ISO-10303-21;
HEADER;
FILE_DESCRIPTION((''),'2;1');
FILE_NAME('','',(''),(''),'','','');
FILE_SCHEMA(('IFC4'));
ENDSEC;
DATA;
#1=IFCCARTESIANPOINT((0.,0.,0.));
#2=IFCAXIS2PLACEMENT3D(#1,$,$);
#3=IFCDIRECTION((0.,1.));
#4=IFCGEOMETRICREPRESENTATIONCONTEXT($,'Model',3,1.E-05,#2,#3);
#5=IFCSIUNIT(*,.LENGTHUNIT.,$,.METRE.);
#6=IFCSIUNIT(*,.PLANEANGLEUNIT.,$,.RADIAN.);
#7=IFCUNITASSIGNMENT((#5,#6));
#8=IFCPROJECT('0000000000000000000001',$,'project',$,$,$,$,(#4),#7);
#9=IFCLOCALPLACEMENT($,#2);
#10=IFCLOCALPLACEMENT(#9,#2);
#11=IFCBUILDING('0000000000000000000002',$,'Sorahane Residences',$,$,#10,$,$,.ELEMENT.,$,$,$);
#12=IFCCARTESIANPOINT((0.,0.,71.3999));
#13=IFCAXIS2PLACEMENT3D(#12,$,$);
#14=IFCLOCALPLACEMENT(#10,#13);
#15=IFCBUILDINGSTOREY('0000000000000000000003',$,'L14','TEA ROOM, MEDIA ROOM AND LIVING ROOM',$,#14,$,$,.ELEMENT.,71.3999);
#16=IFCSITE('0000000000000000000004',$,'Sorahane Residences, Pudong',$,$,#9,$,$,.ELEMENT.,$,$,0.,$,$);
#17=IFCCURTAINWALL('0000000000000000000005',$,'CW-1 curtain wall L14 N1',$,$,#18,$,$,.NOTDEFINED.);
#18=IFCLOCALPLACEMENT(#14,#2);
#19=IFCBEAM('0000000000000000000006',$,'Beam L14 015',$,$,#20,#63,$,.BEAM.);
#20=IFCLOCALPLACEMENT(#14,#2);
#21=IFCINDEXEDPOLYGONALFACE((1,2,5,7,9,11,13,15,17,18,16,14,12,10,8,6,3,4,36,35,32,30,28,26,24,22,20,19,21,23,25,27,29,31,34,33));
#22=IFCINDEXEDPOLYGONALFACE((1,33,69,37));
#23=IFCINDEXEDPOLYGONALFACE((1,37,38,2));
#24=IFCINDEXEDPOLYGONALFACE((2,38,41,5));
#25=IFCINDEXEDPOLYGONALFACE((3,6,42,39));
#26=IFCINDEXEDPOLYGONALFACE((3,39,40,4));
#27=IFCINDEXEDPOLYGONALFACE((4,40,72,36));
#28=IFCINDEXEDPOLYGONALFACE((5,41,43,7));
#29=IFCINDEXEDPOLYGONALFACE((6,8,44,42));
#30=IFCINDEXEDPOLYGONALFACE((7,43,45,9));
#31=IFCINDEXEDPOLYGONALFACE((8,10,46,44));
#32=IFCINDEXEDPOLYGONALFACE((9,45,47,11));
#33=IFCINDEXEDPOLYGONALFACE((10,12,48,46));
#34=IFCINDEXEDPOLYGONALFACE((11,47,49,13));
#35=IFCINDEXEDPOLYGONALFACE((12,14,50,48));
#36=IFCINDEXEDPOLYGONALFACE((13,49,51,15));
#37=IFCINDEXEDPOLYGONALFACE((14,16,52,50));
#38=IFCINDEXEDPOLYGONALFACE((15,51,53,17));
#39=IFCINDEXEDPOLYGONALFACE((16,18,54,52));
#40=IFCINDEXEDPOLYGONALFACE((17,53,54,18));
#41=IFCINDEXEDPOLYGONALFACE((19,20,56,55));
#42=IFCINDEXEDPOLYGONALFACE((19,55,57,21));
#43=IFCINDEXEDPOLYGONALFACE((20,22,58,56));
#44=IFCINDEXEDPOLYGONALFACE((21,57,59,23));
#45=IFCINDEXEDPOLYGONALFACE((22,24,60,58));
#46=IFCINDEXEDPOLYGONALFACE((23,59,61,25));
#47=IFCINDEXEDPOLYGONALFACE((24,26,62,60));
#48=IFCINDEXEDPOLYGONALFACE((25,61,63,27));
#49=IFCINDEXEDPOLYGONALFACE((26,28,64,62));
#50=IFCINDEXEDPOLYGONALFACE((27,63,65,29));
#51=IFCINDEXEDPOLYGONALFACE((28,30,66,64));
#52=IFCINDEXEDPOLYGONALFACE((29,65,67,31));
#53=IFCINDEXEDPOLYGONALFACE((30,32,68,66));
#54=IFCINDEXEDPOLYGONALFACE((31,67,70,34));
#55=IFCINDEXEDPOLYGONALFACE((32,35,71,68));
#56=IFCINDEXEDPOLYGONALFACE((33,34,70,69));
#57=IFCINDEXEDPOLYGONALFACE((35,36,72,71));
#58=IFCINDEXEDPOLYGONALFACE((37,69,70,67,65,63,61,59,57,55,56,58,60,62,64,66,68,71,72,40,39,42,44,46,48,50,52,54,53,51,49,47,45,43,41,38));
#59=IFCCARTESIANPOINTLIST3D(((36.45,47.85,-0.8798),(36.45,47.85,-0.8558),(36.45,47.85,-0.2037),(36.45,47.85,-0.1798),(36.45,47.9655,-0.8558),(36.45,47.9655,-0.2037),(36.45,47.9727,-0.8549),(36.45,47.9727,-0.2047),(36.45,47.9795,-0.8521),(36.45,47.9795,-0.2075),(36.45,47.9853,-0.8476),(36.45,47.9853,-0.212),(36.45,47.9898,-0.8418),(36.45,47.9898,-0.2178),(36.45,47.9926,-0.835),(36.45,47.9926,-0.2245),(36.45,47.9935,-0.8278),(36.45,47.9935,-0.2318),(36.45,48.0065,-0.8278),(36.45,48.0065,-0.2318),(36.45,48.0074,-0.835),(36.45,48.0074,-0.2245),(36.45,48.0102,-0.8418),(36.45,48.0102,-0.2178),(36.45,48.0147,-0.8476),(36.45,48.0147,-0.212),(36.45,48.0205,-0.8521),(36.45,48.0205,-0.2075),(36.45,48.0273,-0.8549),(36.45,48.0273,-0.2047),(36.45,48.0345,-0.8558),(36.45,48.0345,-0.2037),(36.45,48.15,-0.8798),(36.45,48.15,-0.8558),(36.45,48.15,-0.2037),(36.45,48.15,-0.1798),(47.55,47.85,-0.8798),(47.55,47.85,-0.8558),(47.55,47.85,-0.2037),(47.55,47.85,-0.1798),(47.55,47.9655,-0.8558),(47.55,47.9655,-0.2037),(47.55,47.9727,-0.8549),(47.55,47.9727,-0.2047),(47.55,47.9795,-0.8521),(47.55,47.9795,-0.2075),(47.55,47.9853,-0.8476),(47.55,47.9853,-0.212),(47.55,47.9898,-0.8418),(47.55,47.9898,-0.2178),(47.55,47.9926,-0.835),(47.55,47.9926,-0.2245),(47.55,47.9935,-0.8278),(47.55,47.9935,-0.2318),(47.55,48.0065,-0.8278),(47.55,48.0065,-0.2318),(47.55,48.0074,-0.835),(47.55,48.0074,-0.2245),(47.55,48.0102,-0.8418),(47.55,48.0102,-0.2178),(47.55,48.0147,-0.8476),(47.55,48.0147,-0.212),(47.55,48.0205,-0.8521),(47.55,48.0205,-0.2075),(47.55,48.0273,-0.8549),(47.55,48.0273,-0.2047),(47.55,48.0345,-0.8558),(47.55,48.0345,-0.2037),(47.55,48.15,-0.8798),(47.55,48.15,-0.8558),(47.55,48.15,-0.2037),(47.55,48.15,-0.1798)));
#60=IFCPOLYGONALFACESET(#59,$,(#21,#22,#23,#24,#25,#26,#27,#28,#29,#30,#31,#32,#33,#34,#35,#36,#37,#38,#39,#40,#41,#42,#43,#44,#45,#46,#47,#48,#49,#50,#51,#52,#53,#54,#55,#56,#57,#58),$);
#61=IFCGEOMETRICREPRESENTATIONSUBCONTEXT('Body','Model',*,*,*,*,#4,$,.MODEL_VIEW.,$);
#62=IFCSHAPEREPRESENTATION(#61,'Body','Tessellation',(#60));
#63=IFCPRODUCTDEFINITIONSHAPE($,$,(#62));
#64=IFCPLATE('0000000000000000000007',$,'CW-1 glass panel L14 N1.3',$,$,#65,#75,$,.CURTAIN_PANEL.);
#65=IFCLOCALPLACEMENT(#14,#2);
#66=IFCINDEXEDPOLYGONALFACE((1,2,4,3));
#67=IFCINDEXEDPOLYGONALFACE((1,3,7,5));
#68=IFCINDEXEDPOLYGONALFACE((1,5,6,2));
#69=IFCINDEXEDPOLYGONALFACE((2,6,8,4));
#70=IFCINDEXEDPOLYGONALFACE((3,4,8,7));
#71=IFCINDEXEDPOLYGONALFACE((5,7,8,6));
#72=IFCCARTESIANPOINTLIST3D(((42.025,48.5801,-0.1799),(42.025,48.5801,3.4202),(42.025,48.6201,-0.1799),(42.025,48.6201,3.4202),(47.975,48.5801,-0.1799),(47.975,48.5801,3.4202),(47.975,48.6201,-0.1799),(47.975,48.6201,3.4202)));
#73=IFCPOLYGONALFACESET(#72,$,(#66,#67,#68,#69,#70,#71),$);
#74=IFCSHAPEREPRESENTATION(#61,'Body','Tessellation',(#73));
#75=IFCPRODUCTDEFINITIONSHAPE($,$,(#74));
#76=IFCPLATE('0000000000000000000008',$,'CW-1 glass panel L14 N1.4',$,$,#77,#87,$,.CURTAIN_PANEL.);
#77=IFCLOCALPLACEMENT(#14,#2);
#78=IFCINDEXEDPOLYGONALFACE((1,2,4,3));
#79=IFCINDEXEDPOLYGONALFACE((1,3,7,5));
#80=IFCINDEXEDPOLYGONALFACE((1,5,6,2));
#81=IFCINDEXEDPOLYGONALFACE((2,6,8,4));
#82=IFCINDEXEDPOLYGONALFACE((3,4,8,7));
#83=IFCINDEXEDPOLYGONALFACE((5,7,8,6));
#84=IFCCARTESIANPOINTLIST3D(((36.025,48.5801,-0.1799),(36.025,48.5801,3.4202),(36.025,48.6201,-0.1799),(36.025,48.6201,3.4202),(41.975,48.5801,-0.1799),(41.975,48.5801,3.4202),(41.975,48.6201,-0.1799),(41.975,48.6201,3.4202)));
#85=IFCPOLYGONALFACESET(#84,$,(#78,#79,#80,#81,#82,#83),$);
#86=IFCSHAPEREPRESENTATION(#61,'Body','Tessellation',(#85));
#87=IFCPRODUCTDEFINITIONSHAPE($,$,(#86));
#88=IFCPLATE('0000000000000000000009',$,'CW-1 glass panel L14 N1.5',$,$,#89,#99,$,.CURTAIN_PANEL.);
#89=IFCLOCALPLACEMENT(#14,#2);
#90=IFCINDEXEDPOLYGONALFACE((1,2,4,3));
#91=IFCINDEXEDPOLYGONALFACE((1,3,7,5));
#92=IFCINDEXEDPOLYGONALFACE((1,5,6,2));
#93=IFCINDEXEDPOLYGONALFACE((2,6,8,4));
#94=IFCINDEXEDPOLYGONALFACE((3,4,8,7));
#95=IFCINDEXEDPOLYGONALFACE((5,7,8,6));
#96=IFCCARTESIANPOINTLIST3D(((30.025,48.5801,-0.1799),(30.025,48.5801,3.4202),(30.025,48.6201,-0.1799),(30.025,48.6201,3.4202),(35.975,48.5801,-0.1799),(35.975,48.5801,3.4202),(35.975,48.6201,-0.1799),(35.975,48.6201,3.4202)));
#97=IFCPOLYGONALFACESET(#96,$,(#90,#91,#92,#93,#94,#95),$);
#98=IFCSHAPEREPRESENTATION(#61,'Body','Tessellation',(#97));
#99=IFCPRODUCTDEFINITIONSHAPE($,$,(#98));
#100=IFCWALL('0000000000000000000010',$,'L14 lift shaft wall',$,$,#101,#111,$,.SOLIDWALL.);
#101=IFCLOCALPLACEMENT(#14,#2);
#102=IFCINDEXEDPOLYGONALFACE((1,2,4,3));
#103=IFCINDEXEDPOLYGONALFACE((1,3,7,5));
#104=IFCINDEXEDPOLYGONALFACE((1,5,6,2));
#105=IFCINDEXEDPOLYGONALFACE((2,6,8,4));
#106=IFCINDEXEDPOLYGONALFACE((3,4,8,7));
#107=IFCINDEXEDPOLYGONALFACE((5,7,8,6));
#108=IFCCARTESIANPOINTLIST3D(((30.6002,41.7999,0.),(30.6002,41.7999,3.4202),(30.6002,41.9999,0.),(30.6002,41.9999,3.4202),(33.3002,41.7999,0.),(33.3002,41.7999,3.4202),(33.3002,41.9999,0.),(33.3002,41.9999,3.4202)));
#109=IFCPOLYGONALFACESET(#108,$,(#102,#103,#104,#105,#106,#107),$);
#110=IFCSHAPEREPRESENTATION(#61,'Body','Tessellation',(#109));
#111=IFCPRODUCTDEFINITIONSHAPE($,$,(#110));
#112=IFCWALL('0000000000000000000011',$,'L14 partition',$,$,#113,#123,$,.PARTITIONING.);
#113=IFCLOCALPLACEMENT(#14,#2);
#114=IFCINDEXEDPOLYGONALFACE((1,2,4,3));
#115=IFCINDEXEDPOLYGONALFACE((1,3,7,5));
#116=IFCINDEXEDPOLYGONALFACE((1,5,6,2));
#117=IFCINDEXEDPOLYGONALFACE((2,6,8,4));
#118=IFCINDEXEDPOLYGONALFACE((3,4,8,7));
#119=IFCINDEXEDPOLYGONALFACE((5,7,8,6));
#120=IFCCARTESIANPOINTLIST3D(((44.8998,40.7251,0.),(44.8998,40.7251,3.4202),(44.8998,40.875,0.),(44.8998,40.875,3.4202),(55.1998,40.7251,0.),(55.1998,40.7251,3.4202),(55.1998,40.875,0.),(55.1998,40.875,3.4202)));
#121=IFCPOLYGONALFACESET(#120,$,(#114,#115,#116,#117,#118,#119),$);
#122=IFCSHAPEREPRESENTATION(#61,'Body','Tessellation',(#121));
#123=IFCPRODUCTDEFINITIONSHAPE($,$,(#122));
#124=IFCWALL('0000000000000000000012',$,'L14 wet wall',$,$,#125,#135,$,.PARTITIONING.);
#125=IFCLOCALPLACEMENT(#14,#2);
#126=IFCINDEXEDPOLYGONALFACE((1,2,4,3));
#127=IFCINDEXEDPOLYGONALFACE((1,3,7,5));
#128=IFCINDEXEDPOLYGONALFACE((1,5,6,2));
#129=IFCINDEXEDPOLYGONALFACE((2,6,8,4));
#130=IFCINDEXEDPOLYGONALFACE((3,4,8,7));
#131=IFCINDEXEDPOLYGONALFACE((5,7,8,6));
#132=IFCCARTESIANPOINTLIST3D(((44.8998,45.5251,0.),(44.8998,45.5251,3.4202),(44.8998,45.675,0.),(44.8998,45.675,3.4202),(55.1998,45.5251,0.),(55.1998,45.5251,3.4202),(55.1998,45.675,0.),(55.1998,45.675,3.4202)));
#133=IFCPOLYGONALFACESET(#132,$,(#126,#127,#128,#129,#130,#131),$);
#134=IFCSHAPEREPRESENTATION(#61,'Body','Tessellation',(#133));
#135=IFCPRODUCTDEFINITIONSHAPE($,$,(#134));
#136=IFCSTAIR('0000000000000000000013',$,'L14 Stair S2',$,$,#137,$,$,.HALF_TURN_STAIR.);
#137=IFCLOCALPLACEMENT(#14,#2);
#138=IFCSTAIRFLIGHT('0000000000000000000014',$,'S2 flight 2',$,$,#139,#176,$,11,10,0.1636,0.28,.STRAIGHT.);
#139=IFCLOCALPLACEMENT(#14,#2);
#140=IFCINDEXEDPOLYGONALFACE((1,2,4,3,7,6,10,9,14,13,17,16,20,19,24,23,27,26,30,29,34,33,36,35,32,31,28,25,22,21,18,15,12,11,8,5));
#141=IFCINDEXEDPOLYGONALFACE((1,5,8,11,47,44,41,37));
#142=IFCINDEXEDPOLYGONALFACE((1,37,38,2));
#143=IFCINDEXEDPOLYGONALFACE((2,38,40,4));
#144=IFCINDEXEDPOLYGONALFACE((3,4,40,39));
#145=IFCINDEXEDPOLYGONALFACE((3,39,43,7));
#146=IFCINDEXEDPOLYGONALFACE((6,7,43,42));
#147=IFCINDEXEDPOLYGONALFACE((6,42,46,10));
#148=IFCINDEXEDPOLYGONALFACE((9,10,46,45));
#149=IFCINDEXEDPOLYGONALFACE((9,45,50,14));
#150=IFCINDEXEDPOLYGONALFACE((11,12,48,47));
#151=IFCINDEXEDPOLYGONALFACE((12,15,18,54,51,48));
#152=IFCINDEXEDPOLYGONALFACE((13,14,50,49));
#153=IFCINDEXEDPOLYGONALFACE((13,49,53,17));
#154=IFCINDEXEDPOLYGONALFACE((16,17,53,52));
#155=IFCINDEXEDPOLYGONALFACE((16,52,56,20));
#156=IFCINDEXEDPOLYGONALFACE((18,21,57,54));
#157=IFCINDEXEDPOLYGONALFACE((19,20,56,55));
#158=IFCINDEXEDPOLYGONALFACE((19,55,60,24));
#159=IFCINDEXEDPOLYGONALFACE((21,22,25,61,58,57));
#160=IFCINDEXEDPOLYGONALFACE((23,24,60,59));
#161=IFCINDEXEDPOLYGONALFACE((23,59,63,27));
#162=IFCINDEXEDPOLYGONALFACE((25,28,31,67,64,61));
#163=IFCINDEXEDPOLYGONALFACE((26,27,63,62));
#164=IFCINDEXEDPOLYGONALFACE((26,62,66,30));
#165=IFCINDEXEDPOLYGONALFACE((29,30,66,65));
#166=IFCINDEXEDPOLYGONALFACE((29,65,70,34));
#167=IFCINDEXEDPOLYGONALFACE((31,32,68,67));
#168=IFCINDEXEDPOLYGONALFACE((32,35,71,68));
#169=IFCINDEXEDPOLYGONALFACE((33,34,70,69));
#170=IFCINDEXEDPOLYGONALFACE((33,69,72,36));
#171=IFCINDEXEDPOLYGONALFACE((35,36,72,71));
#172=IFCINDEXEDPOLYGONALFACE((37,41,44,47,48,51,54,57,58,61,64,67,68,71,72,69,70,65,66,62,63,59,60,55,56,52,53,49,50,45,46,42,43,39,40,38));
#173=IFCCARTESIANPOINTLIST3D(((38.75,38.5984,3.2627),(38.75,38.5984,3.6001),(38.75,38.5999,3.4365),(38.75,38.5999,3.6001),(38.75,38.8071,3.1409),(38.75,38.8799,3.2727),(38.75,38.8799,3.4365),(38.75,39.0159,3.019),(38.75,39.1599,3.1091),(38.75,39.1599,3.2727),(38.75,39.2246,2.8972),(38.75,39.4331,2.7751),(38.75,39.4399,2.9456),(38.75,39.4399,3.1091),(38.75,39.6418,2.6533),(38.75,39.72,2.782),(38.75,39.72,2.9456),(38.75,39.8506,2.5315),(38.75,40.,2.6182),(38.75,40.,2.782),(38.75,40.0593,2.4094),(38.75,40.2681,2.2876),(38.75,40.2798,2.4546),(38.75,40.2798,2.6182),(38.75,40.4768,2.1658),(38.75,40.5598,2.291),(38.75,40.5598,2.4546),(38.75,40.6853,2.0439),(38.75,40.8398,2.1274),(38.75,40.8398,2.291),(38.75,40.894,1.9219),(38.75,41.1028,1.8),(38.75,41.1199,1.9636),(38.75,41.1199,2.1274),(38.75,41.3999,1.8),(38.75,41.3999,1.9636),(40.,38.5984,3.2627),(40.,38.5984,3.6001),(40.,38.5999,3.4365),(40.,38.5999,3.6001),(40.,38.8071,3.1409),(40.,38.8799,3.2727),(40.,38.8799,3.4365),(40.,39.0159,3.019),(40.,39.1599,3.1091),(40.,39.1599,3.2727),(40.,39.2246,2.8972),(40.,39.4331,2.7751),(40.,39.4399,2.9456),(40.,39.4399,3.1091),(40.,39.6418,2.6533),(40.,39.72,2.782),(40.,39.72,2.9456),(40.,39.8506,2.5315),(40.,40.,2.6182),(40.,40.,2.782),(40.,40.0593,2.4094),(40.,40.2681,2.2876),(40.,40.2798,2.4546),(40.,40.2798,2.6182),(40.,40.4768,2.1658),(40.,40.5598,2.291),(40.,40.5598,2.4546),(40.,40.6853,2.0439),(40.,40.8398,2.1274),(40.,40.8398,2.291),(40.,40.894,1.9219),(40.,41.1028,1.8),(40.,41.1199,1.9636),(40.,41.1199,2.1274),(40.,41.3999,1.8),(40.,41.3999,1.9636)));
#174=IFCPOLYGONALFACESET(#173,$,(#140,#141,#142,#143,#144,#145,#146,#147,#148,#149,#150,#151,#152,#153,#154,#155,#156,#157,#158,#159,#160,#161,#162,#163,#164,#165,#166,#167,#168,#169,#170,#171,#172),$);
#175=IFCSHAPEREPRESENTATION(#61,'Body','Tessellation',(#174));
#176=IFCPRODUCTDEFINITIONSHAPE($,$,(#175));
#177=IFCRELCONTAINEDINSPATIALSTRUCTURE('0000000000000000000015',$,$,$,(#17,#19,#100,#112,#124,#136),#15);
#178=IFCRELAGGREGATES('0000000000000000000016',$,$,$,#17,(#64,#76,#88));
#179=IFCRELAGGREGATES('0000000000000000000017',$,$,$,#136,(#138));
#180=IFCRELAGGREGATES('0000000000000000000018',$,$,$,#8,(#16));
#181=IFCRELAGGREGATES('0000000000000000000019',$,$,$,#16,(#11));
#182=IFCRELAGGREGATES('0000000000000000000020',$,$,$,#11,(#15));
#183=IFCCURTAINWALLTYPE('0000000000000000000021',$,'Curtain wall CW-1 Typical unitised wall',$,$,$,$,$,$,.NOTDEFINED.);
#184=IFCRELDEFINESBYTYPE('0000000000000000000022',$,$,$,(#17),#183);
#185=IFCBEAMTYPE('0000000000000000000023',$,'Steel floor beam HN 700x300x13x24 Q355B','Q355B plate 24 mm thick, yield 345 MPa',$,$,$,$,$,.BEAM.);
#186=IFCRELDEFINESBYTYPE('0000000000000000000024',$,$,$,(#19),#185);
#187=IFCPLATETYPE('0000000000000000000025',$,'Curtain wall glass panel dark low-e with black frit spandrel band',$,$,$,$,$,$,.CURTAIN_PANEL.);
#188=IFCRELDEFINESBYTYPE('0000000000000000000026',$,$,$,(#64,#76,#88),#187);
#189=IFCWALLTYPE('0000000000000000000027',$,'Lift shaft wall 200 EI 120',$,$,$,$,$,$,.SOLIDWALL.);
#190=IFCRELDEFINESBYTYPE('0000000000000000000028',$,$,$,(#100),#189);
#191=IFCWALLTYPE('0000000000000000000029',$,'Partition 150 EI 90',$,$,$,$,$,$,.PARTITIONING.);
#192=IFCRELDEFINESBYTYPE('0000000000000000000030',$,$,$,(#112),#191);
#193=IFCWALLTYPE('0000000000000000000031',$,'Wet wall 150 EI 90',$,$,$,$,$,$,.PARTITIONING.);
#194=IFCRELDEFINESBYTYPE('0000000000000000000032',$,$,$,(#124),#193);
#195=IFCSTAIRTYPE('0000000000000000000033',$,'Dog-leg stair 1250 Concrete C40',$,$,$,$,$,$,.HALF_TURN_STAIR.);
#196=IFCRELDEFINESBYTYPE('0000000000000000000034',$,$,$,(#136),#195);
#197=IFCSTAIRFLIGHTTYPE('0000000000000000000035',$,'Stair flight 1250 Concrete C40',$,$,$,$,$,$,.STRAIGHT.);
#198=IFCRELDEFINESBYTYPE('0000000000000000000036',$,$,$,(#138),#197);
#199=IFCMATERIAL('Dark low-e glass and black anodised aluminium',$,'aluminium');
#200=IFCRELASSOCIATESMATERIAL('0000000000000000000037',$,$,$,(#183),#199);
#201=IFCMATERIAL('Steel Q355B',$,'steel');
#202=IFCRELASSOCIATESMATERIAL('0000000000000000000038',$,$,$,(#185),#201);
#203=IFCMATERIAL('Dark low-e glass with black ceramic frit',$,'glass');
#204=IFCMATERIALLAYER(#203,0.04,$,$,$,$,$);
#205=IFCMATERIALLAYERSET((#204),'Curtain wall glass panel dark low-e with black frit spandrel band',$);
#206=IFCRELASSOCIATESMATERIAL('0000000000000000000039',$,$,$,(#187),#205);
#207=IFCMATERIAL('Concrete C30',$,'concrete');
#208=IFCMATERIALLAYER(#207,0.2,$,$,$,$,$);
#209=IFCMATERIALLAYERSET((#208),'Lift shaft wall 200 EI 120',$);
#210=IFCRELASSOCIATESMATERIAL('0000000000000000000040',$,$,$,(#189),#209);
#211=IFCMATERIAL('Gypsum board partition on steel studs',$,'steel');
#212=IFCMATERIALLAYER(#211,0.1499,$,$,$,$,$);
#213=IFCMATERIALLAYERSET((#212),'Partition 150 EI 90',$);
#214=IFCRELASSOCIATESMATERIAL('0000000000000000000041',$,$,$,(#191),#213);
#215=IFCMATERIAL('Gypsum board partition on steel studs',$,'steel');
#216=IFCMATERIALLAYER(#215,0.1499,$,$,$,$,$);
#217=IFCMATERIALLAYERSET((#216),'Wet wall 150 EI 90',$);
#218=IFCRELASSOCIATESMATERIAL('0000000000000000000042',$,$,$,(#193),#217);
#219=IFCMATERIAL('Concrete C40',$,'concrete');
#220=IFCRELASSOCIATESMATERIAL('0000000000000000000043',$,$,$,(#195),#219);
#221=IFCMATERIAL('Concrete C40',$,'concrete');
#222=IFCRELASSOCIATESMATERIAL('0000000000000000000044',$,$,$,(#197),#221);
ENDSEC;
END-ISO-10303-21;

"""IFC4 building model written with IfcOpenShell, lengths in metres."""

from ifc_helpers import new_model, si_unit, direction, frame, frame_2d, origin, origin_2d, place, context, subcontext, project, spatial, polyline, rectangle, i_section, outline, extrude, material, layer, layer_set, material_profile, profile_set, type_object, element, aggregate, save


model = new_model("IFC4")

# Units and contexts
model_context = context("Model", 3, precision=1e-05, world=origin(), true_north=direction((0.0, 1.0)))
body_context = subcontext(model_context, "Body", "Model", "MODEL_VIEW")
ifc_project = project(units=[si_unit("LENGTHUNIT", "METRE"), si_unit("PLANEANGLEUNIT", "RADIAN")], contexts=[model_context])

# Site, building, storey
site_placement = place(None, origin())
site = spatial("IfcSite", under=ifc_project, at=site_placement, Name="Sorahane Residences, Pudong", CompositionType="ELEMENT", RefElevation=0.0)
building_placement = place(site_placement, origin())
building = spatial("IfcBuilding", under=site, at=building_placement, Name="Sorahane Residences", CompositionType="ELEMENT")
storey_placement = place(building_placement, frame((0.0, 0.0, 71.3999)))
storey = spatial("IfcBuildingStorey", under=building, at=storey_placement, Name="L14", Description="TEA ROOM, MEDIA ROOM AND LIVING ROOM", CompositionType="ELEMENT", Elevation=71.3999)

# Curtain wall
ifc_material_1 = material(Name="Dark low-e glass and black anodised aluminium", Category="aluminium")
curtain_wall_type = type_object("IfcCurtainWallType", Name="Curtain wall CW-1 Typical unitised wall", PredefinedType="NOTDEFINED", material=ifc_material_1)
curtain_wall_placement = place(storey_placement, origin())
curtain_wall = element("IfcCurtainWall", 1, at=curtain_wall_placement, inside=storey, type_object=curtain_wall_type, Name="CW-1 curtain wall L14 N1", PredefinedType="NOTDEFINED")

# Beam
ifc_material_2 = material(Name="Steel Q355B", Category="steel")
ifc_material_profile_1 = material_profile(ifc_material_2, i_section(OverallWidth=0.3, OverallDepth=0.7, WebThickness=0.0129, FlangeThickness=0.0239, FilletRadius=0.0281, at=origin_2d()), Name="HN 700x300x13x24")
ifc_profile_set_1 = profile_set([ifc_material_profile_1], Name="Steel Q355B")
beam_type_1 = type_object("IfcBeamType", Name="Steel floor beam HN 700x300x13x24 Q355B", Description="Q355B plate 24 mm thick, yield 345 MPa", PredefinedType="BEAM", material=ifc_profile_set_1)
beam_1_placement = place(storey_placement, frame((36.45, 48.0, -0.5298), z_axis=(1.0, 0.0, 0.0), x_axis=(0.0, 1.0, 0.0)))
element("IfcBeam", 2, at=beam_1_placement, inside=storey, type_object=beam_type_1, Name="Beam L14 015", PredefinedType="BEAM", context=body_context, shape_type="SweptSolid", body=[
    extrude(i_section(OverallWidth=0.3, OverallDepth=0.7, WebThickness=0.0129, FlangeThickness=0.0239, FilletRadius=0.0281, at=origin_2d()), origin(), (0.0, 0.0, 1.0), 11.1001),
])

# Plates
ifc_material_3 = material(Name="Dark low-e glass with black ceramic frit", Category="glass")
ifc_layer_1 = layer(ifc_material_3, 0.04)
ifc_layer_set_1 = layer_set([ifc_layer_1], Name="Curtain wall glass panel dark low-e with black frit spandrel band")
plate_type = type_object("IfcPlateType", Name="Curtain wall glass panel dark low-e with black frit spandrel band", PredefinedType="CURTAIN_PANEL", material=ifc_layer_set_1)
plate_1_placement = place(storey_placement, frame((45.0, 48.6001, -0.1799), z_axis=(0.0, 0.0, 1.0), x_axis=(-1.0, 0.0, 0.0)))
plate_1 = element("IfcPlate", 3, at=plate_1_placement, type_object=plate_type, Name="CW-1 glass panel L14 N1.3", PredefinedType="CURTAIN_PANEL", context=body_context, shape_type="SweptSolid", body=[
    extrude(rectangle(XDim=5.95, YDim=0.04, at=origin_2d()), origin(), (0.0, 0.0, 1.0), 3.6001),
])
plate_2_placement = place(storey_placement, frame((39.0, 48.6001, -0.1799), z_axis=(0.0, 0.0, 1.0), x_axis=(-1.0, 0.0, 0.0)))
plate_2 = element("IfcPlate", 4, at=plate_2_placement, type_object=plate_type, Name="CW-1 glass panel L14 N1.4", PredefinedType="CURTAIN_PANEL", context=body_context, shape_type="SweptSolid", body=[
    extrude(rectangle(XDim=5.95, YDim=0.04, at=origin_2d()), origin(), (0.0, 0.0, 1.0), 3.6001),
])
plate_3_placement = place(storey_placement, frame((33.0, 48.6001, -0.1799), z_axis=(0.0, 0.0, 1.0), x_axis=(-1.0, 0.0, 0.0)))
plate_3 = element("IfcPlate", 5, at=plate_3_placement, type_object=plate_type, Name="CW-1 glass panel L14 N1.5", PredefinedType="CURTAIN_PANEL", context=body_context, shape_type="SweptSolid", body=[
    extrude(rectangle(XDim=5.95, YDim=0.04, at=origin_2d()), origin(), (0.0, 0.0, 1.0), 3.6001),
])
aggregate(curtain_wall, [plate_1, plate_2, plate_3])

# Walls
ifc_material_4 = material(Name="Concrete C30", Category="concrete")
ifc_layer_2 = layer(ifc_material_4, 0.2)
ifc_layer_set_2 = layer_set([ifc_layer_2], Name="Lift shaft wall 200 EI 120")
wall_type_1 = type_object("IfcWallType", Name="Lift shaft wall 200 EI 120", PredefinedType="SOLIDWALL", material=ifc_layer_set_2)
wall_1_placement = place(storey_placement, frame((30.6001, 41.8999, 0.0), z_axis=(0.0, 0.0, 1.0), x_axis=(1.0, 0.0, 0.0)))
element("IfcWall", 6, at=wall_1_placement, inside=storey, type_object=wall_type_1, Name="L14 lift shaft wall", PredefinedType="SOLIDWALL", context=body_context, shape_type="SweptSolid", body=[
    extrude(rectangle(XDim=2.7, YDim=0.2, at=frame_2d((1.3501, 0.0))), origin(), (0.0, 0.0, 1.0), 3.4202),
])
ifc_material_5 = material(Name="Gypsum board partition on steel studs", Category="steel")
ifc_layer_3 = layer(ifc_material_5, 0.1499)
ifc_layer_set_3 = layer_set([ifc_layer_3], Name="Partition 150 EI 90")
wall_type_2 = type_object("IfcWallType", Name="Partition 150 EI 90", PredefinedType="PARTITIONING", material=ifc_layer_set_3)
wall_2_placement = place(storey_placement, frame((44.8999, 40.8, 0.0), z_axis=(0.0, 0.0, 1.0), x_axis=(1.0, 0.0, 0.0)))
element("IfcWall", 7, at=wall_2_placement, inside=storey, type_object=wall_type_2, Name="L14 partition", PredefinedType="PARTITIONING", context=body_context, shape_type="SweptSolid", body=[
    extrude(rectangle(XDim=10.3, YDim=0.1499, at=frame_2d((5.1499, 0.0))), origin(), (0.0, 0.0, 1.0), 3.4202),
])
ifc_material_6 = material(Name="Gypsum board partition on steel studs", Category="steel")
ifc_layer_4 = layer(ifc_material_6, 0.1499)
ifc_layer_set_4 = layer_set([ifc_layer_4], Name="Wet wall 150 EI 90")
wall_type_3 = type_object("IfcWallType", Name="Wet wall 150 EI 90", PredefinedType="PARTITIONING", material=ifc_layer_set_4)
wall_3_placement = place(storey_placement, frame((44.8999, 45.6001, 0.0), z_axis=(0.0, 0.0, 1.0), x_axis=(1.0, 0.0, 0.0)))
element("IfcWall", 8, at=wall_3_placement, inside=storey, type_object=wall_type_3, Name="L14 wet wall", PredefinedType="PARTITIONING", context=body_context, shape_type="SweptSolid", body=[
    extrude(rectangle(XDim=10.3, YDim=0.1499, at=frame_2d((5.1499, 0.0))), origin(), (0.0, 0.0, 1.0), 3.4202),
])

# Stair, stair flight
ifc_material_7 = material(Name="Concrete C40", Category="concrete")
stair_type = type_object("IfcStairType", Name="Dog-leg stair 1250 Concrete C40", PredefinedType="HALF_TURN_STAIR", material=ifc_material_7)
stair_placement = place(storey_placement, origin())
stair = element("IfcStair", 9, at=stair_placement, inside=storey, type_object=stair_type, Name="L14 Stair S2", PredefinedType="HALF_TURN_STAIR")
ifc_material_8 = material(Name="Concrete C40", Category="concrete")
stair_flight_type = type_object("IfcStairFlightType", Name="Stair flight 1250 Concrete C40", PredefinedType="STRAIGHT", material=ifc_material_8)
stair_flight_placement = place(storey_placement, frame((39.375, 41.3999, 1.8), z_axis=(0.0, 0.0, 1.0), x_axis=(0.0, -1.0, 0.0)))
stair_flight = element("IfcStairFlight", 10, at=stair_flight_placement, type_object=stair_flight_type, Name="S2 flight 2", NumberOfRisers=11, NumberOfTreads=10, PredefinedType="STRAIGHT", RiserHeight=0.1636, TreadLength=0.28, context=body_context, shape_type="SweptSolid", body=[
    extrude(outline(polyline([(0.0, 0.0), (0.0, 0.1636), (0.28, 0.1636), (0.28, 0.3274), (0.5601, 0.3274), (0.5601, 0.491), (0.8401, 0.491), (0.8401, 0.6545), (1.1201, 0.6545), (1.1201, 0.8181), (1.3999, 0.8181), (1.3999, 0.9819), (1.6799, 0.9819), (1.6799, 1.1455), (1.96, 1.1455), (1.96, 1.3091), (2.24, 1.3091), (2.24, 1.4727), (2.52, 1.4727), (2.52, 1.6365), (2.8, 1.6365), (2.8, 1.8), (2.8015, 1.8), (2.8015, 1.4626), (2.5928, 1.3408), (2.384, 1.219), (2.1753, 1.0972), (1.9668, 0.9751), (1.7581, 0.8533), (1.5493, 0.7314), (1.3406, 0.6094), (1.1318, 0.4875), (0.9231, 0.3657), (0.7146, 0.2439), (0.5059, 0.1218), (0.2971, 0.0), (0.0, 0.0)])), frame((0.0, 0.625, 0.0), z_axis=(0.0, -1.0, 0.0), x_axis=(1.0, 0.0, 0.0)), (0.0, 0.0, 1.0), 1.25),
])
aggregate(stair, [stair_flight])

save(model, "model.ifc")
